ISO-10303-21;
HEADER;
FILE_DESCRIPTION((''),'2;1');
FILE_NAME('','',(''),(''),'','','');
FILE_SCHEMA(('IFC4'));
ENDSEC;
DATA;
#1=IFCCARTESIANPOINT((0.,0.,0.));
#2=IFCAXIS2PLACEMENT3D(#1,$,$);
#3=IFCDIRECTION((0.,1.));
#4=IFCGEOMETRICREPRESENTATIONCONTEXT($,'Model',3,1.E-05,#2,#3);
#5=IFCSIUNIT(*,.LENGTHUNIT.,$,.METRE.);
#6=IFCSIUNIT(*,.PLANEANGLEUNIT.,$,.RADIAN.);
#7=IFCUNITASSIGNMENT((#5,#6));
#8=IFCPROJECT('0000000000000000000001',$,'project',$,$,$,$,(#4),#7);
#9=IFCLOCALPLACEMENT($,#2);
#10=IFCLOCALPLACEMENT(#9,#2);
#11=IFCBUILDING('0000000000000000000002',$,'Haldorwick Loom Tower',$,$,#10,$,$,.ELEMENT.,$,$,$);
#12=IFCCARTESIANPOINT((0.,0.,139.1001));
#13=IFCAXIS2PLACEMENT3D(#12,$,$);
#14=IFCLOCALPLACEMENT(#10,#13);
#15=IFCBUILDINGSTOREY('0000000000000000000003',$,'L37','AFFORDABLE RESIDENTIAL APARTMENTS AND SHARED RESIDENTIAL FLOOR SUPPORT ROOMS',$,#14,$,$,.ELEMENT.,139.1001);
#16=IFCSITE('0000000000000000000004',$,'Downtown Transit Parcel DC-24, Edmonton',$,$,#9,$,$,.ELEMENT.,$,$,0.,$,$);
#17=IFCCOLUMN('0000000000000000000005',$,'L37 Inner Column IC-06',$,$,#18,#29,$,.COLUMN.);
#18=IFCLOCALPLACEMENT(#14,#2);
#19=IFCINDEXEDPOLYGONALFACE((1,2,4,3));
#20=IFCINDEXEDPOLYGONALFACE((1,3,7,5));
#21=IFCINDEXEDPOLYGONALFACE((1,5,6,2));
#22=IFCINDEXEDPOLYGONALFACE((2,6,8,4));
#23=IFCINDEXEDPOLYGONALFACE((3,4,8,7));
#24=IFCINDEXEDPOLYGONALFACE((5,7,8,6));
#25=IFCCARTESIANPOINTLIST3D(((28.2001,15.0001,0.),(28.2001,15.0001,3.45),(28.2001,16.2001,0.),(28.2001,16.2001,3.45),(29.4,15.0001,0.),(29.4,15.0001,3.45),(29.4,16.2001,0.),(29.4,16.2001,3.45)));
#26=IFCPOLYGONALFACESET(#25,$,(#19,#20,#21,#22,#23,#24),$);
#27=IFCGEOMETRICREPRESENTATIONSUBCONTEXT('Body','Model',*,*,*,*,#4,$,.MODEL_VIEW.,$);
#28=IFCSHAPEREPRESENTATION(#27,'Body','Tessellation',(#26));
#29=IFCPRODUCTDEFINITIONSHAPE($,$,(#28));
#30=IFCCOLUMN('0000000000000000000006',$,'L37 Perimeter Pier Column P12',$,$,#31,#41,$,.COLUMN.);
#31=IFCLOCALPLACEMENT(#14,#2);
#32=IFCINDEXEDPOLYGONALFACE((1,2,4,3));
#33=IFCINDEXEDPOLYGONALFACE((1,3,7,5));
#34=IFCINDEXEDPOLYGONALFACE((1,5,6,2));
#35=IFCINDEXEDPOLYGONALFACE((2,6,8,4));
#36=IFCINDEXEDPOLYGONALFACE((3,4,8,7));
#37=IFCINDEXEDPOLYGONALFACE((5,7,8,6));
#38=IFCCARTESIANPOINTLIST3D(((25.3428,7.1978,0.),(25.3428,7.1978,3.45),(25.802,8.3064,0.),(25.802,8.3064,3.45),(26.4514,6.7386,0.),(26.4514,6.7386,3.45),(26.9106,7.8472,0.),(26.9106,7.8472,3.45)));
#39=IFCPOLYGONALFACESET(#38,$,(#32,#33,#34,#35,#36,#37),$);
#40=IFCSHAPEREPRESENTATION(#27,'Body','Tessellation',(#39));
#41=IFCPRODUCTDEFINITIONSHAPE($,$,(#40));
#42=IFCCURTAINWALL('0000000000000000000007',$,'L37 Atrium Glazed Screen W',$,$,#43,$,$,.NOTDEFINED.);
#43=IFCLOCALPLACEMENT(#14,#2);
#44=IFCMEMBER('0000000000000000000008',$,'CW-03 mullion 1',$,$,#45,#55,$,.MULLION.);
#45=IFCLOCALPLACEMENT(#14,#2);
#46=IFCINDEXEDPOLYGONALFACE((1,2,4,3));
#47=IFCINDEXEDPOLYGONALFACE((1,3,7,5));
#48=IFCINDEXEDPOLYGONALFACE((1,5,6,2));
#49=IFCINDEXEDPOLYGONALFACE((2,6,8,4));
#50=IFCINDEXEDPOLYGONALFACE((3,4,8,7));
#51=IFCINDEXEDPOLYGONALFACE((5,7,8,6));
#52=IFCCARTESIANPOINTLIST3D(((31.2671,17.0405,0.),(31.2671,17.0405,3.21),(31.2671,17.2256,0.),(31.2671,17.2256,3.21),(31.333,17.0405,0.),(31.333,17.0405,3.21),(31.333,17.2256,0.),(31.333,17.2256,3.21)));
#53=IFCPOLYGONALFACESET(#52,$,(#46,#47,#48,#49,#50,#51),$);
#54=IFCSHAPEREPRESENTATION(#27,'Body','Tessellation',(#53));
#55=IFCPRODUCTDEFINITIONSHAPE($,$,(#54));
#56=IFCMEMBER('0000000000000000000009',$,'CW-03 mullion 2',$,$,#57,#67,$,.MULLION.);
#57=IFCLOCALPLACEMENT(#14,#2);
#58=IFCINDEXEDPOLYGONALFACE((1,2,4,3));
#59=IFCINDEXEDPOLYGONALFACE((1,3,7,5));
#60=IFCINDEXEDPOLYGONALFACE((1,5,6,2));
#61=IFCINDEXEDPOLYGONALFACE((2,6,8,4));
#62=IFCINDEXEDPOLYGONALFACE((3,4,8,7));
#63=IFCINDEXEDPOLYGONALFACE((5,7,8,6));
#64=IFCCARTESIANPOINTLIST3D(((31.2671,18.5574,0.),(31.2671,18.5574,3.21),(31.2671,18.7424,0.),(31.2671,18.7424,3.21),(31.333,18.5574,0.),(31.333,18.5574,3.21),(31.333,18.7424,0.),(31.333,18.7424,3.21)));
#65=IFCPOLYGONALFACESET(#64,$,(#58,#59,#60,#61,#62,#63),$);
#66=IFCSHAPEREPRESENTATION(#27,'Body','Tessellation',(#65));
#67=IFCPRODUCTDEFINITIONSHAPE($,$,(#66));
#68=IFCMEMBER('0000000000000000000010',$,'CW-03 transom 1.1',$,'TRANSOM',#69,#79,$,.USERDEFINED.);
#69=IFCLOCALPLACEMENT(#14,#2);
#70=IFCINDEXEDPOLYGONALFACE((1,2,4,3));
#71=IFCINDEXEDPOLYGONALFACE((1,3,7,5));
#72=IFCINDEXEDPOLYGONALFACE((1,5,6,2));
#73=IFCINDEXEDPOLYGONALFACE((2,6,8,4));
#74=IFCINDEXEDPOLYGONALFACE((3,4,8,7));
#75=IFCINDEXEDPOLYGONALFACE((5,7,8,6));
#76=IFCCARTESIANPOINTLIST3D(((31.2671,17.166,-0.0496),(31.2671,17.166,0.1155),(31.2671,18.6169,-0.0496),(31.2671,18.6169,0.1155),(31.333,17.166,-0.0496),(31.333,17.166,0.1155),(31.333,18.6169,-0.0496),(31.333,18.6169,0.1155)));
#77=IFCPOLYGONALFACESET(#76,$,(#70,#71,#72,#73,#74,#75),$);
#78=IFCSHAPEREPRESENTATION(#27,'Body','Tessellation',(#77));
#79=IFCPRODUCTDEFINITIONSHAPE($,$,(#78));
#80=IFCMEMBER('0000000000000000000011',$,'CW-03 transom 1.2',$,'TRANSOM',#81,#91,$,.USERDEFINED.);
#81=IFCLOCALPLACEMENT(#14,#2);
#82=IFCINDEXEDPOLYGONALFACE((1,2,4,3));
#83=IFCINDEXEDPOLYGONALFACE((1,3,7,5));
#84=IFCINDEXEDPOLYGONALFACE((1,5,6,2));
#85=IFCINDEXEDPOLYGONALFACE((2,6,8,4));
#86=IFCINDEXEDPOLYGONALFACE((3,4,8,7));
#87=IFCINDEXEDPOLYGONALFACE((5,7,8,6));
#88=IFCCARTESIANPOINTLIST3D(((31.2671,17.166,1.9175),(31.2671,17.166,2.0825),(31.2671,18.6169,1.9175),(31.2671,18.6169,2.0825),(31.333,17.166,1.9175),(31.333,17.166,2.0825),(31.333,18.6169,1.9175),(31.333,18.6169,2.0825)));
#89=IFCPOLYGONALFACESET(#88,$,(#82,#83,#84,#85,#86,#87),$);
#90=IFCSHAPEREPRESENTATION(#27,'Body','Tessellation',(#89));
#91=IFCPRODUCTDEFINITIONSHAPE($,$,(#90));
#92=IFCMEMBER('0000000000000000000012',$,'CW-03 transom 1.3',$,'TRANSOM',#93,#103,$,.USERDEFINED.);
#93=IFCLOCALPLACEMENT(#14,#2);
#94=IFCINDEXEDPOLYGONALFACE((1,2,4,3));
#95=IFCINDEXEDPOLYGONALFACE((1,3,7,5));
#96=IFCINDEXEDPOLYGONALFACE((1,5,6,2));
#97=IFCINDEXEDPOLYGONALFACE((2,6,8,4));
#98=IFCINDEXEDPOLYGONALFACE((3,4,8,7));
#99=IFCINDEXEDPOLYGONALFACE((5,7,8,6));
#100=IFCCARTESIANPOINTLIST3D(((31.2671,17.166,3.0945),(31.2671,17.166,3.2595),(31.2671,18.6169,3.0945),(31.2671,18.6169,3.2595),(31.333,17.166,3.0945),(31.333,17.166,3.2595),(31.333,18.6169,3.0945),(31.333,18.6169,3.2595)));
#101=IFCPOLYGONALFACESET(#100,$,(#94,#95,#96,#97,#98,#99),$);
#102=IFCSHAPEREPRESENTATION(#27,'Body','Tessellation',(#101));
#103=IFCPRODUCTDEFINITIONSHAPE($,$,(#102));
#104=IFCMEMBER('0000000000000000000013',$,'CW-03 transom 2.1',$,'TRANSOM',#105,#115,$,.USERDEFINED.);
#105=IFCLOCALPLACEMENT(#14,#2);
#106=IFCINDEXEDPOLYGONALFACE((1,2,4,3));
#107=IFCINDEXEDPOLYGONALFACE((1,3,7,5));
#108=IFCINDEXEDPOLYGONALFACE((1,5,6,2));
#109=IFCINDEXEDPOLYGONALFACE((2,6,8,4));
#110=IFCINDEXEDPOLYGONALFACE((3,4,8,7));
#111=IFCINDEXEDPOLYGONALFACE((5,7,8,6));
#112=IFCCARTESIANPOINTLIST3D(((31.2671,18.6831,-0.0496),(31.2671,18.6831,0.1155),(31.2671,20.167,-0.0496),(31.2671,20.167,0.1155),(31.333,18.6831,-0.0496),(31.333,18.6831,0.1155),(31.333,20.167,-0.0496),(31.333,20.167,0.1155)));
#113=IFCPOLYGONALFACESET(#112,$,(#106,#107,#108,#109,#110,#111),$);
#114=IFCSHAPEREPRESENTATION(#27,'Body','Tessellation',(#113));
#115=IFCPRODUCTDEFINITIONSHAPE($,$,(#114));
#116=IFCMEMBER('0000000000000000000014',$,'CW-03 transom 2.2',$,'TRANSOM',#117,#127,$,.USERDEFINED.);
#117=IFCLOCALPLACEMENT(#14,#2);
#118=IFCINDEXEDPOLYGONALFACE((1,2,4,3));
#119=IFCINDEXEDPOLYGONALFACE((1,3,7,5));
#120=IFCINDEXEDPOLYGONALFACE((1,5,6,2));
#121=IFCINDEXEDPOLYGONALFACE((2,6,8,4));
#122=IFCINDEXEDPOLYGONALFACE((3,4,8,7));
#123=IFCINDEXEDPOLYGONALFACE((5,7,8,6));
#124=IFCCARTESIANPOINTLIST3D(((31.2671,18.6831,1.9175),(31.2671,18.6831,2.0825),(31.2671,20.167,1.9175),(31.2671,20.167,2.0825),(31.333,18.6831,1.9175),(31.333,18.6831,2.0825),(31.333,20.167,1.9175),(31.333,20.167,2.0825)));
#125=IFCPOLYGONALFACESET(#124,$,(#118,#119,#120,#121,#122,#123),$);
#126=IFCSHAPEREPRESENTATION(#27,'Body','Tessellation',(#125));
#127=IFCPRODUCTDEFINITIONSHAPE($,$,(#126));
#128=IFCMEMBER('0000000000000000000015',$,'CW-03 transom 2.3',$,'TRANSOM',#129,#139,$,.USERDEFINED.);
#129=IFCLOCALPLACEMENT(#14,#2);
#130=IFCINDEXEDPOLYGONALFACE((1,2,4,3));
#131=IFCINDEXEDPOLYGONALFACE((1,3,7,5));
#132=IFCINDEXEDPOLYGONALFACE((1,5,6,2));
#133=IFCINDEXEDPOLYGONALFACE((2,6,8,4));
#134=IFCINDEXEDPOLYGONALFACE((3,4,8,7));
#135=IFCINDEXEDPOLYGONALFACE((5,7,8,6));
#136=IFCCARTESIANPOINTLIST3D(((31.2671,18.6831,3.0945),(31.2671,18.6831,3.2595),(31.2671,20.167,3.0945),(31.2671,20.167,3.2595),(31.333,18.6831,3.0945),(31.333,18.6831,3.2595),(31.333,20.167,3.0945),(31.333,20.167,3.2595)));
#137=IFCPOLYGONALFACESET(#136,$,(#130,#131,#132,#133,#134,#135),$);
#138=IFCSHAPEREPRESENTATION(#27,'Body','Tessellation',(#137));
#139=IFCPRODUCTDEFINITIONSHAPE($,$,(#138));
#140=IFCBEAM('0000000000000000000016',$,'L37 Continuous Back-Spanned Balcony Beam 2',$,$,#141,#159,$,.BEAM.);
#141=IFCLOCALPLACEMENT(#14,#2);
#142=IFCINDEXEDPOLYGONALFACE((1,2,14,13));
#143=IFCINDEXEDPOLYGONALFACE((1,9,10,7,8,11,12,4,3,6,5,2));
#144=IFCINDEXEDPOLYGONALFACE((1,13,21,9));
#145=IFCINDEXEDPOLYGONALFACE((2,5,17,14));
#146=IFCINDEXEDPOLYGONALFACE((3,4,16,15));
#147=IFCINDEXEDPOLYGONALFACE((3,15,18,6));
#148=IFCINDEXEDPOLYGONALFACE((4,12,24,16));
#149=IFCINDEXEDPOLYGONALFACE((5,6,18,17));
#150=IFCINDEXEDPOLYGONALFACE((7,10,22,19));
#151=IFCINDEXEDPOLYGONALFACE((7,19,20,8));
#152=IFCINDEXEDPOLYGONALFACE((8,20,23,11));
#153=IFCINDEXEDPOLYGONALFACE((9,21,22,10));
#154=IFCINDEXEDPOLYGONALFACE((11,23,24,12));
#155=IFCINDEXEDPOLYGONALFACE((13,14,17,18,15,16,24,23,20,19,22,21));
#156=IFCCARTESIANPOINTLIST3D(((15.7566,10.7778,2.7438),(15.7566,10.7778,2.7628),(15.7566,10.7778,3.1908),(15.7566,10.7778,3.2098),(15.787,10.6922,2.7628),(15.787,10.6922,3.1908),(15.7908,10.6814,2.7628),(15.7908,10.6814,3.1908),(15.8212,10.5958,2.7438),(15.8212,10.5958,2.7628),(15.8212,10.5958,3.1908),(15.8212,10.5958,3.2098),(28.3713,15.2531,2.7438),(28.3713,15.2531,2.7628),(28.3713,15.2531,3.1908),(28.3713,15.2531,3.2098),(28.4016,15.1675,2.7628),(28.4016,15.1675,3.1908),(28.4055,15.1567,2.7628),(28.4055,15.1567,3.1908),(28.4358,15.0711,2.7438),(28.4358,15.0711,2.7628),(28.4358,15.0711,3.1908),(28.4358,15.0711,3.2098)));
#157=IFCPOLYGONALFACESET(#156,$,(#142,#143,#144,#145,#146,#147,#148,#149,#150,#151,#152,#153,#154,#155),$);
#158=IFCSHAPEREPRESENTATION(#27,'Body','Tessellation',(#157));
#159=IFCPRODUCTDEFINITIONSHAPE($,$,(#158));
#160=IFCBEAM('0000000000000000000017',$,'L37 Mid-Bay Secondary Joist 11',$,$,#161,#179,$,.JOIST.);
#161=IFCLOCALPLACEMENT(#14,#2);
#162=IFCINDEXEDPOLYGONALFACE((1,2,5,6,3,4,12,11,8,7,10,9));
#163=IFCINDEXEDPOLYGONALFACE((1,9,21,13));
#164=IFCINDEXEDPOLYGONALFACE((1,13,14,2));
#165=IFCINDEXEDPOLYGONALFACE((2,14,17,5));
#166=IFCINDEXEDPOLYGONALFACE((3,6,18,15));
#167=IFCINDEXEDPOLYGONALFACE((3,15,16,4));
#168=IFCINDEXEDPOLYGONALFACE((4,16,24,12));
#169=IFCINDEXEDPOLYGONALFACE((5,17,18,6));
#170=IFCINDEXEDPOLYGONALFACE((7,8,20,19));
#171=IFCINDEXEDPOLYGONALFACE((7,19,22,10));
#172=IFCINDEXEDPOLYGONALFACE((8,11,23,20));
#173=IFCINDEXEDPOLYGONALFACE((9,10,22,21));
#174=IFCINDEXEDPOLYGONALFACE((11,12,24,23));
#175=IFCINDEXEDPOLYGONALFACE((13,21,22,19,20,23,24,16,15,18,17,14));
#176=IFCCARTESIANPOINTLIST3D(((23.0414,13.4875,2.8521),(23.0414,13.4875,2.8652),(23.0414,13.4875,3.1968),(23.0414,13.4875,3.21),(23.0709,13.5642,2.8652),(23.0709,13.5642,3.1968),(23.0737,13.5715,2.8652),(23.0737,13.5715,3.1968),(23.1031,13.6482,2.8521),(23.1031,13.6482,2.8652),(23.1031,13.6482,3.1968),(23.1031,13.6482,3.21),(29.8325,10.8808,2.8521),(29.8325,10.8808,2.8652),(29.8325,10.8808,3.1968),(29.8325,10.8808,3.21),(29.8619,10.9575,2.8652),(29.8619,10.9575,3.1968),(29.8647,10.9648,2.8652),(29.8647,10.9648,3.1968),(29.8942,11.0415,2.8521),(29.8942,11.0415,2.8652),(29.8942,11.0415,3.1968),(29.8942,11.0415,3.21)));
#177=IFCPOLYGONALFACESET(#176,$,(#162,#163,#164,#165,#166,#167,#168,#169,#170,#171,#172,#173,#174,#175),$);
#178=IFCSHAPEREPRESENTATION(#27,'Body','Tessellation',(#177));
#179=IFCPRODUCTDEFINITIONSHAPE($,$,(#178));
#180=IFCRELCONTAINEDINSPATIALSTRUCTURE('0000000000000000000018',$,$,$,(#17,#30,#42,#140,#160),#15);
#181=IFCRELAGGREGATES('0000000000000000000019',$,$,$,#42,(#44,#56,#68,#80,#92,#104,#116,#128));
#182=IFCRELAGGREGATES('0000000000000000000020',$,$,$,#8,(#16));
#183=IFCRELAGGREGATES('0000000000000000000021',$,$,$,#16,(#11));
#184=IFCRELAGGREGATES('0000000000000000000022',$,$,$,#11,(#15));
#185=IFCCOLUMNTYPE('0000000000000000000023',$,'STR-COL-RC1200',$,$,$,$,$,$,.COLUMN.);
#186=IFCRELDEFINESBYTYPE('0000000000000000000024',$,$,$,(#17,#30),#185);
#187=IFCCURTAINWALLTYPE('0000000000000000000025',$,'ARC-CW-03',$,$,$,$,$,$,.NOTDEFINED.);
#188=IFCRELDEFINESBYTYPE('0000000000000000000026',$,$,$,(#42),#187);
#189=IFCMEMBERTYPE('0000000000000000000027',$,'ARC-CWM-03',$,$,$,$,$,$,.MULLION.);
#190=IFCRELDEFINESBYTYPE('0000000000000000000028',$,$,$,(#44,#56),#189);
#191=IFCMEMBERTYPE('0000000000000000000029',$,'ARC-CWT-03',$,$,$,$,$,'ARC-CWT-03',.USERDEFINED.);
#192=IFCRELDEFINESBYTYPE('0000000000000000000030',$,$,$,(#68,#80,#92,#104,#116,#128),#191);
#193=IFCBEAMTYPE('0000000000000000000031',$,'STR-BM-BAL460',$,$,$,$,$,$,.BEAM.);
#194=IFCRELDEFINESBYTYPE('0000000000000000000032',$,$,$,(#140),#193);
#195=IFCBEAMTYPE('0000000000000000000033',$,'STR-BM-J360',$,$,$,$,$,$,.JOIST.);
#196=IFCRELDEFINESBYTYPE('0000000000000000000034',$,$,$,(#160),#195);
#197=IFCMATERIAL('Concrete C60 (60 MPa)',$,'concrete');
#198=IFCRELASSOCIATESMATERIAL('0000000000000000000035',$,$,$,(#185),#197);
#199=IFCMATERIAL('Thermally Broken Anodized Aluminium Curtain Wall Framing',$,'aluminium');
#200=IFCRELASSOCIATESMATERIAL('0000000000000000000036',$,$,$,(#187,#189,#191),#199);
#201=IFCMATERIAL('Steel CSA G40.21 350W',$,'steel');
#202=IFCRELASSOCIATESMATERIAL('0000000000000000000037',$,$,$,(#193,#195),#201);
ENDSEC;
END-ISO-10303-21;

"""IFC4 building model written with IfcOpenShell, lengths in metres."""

from ifc_helpers import new_model, si_unit, direction, frame, origin, origin_2d, place, context, subcontext, project, spatial, rectangle, i_section, extrude, material, material_profile, profile_set, type_object, element, aggregate, save


model = new_model("IFC4")

# Units and contexts
model_context = context("Model", 3, precision=1e-05, world=origin(), true_north=direction((0.0, 1.0)))
body_context = subcontext(model_context, "Body", "Model", "MODEL_VIEW")
ifc_project = project(units=[si_unit("LENGTHUNIT", "METRE"), si_unit("PLANEANGLEUNIT", "RADIAN")], contexts=[model_context])

# Site, building, storey
site_placement = place(None, origin())
site = spatial("IfcSite", under=ifc_project, at=site_placement, Name="Downtown Transit Parcel DC-24, Edmonton", CompositionType="ELEMENT", RefElevation=0.0)
building_placement = place(site_placement, origin())
building = spatial("IfcBuilding", under=site, at=building_placement, Name="Haldorwick Loom Tower", CompositionType="ELEMENT")
storey_placement = place(building_placement, frame((0.0, 0.0, 139.1001)))
storey = spatial("IfcBuildingStorey", under=building, at=storey_placement, Name="L37", Description="AFFORDABLE RESIDENTIAL APARTMENTS AND SHARED RESIDENTIAL FLOOR SUPPORT ROOMS", CompositionType="ELEMENT", Elevation=139.1001)

# Columns
ifc_material_1 = material(Name="Concrete C60 (60 MPa)", Category="concrete")
ifc_material_profile_1 = material_profile(ifc_material_1, rectangle(XDim=1.2, YDim=1.2, at=origin_2d()), Name="RC1200X1200", Category="concrete")
ifc_profile_set_1 = profile_set([ifc_material_profile_1], Name="Concrete C60 (60 MPa)")
column_type = type_object("IfcColumnType", Name="STR-COL-RC1200", PredefinedType="COLUMN", material=ifc_profile_set_1)
for number, where, z_axis, x_axis, name in (
    (1, (28.8, 15.6001, 0.0), (0.0, 0.0, 1.0), (1.0, 0.0, 0.0), "L37 Inner Column IC-06"),
    (2, (26.1267, 7.5225, 0.0), (0.0, 0.0, 1.0), (-0.382683, -0.92388, 0.0), "L37 Perimeter Pier Column P12"),
):
    element("IfcColumn", number, at=place(storey_placement, frame(where, z_axis=z_axis, x_axis=x_axis)), inside=storey, type_object=column_type, Name=name, PredefinedType="COLUMN", context=body_context, shape_type="SweptSolid", body=[
        extrude(rectangle(XDim=1.2, YDim=1.2, at=origin_2d()), origin(), (0.0, 0.0, 1.0), 3.45),
    ])

# Curtain wall, members
ifc_material_2 = material(Name="Thermally Broken Anodized Aluminium Curtain Wall Framing", Category="aluminium")
curtain_wall_type = type_object("IfcCurtainWallType", Name="ARC-CW-03", PredefinedType="NOTDEFINED", material=ifc_material_2)
curtain_wall_placement = place(storey_placement, origin())
curtain_wall = element("IfcCurtainWall", 3, at=curtain_wall_placement, inside=storey, type_object=curtain_wall_type, Name="L37 Atrium Glazed Screen W", PredefinedType="NOTDEFINED")
ifc_material_profile_2 = material_profile(ifc_material_2, rectangle(XDim=0.0659, YDim=0.1851, at=origin_2d()), Name="ALU_MUL_66X185", Category="aluminium")
ifc_profile_set_2 = profile_set([ifc_material_profile_2], Name="Thermally Broken Anodized Aluminium Curtain Wall Framing")
member_type_1 = type_object("IfcMemberType", Name="ARC-CWM-03", PredefinedType="MULLION", material=ifc_profile_set_2)
member_1_placement = place(storey_placement, frame((31.3, 17.1331, 0.0), z_axis=(0.0, 0.0, 1.0), x_axis=(-1.0, 0.0, 0.0)))
member_1 = element("IfcMember", 4, at=member_1_placement, type_object=member_type_1, Name="CW-03 mullion 1", PredefinedType="MULLION", context=body_context, shape_type="SweptSolid", body=[
    extrude(rectangle(XDim=0.0659, YDim=0.1851, at=origin_2d()), origin(), (0.0, 0.0, 1.0), 3.21),
])
member_2_placement = place(storey_placement, frame((31.3, 18.6499, 0.0), z_axis=(0.0, 0.0, 1.0), x_axis=(-1.0, 0.0, 0.0)))
member_2 = element("IfcMember", 5, at=member_2_placement, type_object=member_type_1, Name="CW-03 mullion 2", PredefinedType="MULLION", context=body_context, shape_type="SweptSolid", body=[
    extrude(rectangle(XDim=0.0659, YDim=0.1851, at=origin_2d()), origin(), (0.0, 0.0, 1.0), 3.21),
])
ifc_material_profile_3 = material_profile(ifc_material_2, rectangle(XDim=0.0659, YDim=0.165, at=origin_2d()), Name="ALU_TRN_66X165", Category="aluminium")
ifc_profile_set_3 = profile_set([ifc_material_profile_3], Name="Thermally Broken Anodized Aluminium Curtain Wall Framing")
member_type_2 = type_object("IfcMemberType", Name="ARC-CWT-03", ElementType="ARC-CWT-03", PredefinedType="USERDEFINED", material=ifc_profile_set_3)
member_3_placement = place(storey_placement, frame((31.3, 17.166, 0.033), z_axis=(0.0, 1.0, 0.0), x_axis=(-1.0, 0.0, 0.0)))
member_3 = element("IfcMember", 6, at=member_3_placement, type_object=member_type_2, Name="CW-03 transom 1.1", ObjectType="TRANSOM", PredefinedType="USERDEFINED", context=body_context, shape_type="SweptSolid", body=[
    extrude(rectangle(XDim=0.0659, YDim=0.165, at=origin_2d()), origin(), (0.0, 0.0, 1.0), 1.4509),
])
member_4_placement = place(storey_placement, frame((31.3, 17.166, 2.0), z_axis=(0.0, 1.0, 0.0), x_axis=(-1.0, 0.0, 0.0)))
member_4 = element("IfcMember", 7, at=member_4_placement, type_object=member_type_2, Name="CW-03 transom 1.2", ObjectType="TRANSOM", PredefinedType="USERDEFINED", context=body_context, shape_type="SweptSolid", body=[
    extrude(rectangle(XDim=0.0659, YDim=0.165, at=origin_2d()), origin(), (0.0, 0.0, 1.0), 1.4509),
])
member_5_placement = place(storey_placement, frame((31.3, 17.166, 3.177), z_axis=(0.0, 1.0, 0.0), x_axis=(-1.0, 0.0, 0.0)))
member_5 = element("IfcMember", 8, at=member_5_placement, type_object=member_type_2, Name="CW-03 transom 1.3", ObjectType="TRANSOM", PredefinedType="USERDEFINED", context=body_context, shape_type="SweptSolid", body=[
    extrude(rectangle(XDim=0.0659, YDim=0.165, at=origin_2d()), origin(), (0.0, 0.0, 1.0), 1.4509),
])
member_6_placement = place(storey_placement, frame((31.3, 18.6831, 0.033), z_axis=(0.0, 1.0, 0.0), x_axis=(-1.0, 0.0, 0.0)))
member_6 = element("IfcMember", 9, at=member_6_placement, type_object=member_type_2, Name="CW-03 transom 2.1", ObjectType="TRANSOM", PredefinedType="USERDEFINED", context=body_context, shape_type="SweptSolid", body=[
    extrude(rectangle(XDim=0.0659, YDim=0.165, at=origin_2d()), origin(), (0.0, 0.0, 1.0), 1.4839),
])
member_7_placement = place(storey_placement, frame((31.3, 18.6831, 2.0), z_axis=(0.0, 1.0, 0.0), x_axis=(-1.0, 0.0, 0.0)))
member_7 = element("IfcMember", 10, at=member_7_placement, type_object=member_type_2, Name="CW-03 transom 2.2", ObjectType="TRANSOM", PredefinedType="USERDEFINED", context=body_context, shape_type="SweptSolid", body=[
    extrude(rectangle(XDim=0.0659, YDim=0.165, at=origin_2d()), origin(), (0.0, 0.0, 1.0), 1.4839),
])
member_8_placement = place(storey_placement, frame((31.3, 18.6831, 3.177), z_axis=(0.0, 1.0, 0.0), x_axis=(-1.0, 0.0, 0.0)))
member_8 = element("IfcMember", 11, at=member_8_placement, type_object=member_type_2, Name="CW-03 transom 2.3", ObjectType="TRANSOM", PredefinedType="USERDEFINED", context=body_context, shape_type="SweptSolid", body=[
    extrude(rectangle(XDim=0.0659, YDim=0.165, at=origin_2d()), origin(), (0.0, 0.0, 1.0), 1.4839),
])

# Beams
ifc_material_3 = material(Name="Steel CSA G40.21 350W", Category="steel")
ifc_material_profile_4 = material_profile(ifc_material_3, i_section(OverallWidth=0.1931, OverallDepth=0.4661, WebThickness=0.0115, FlangeThickness=0.019, at=origin_2d()), Name="W460X97", Category="steel")
ifc_profile_set_4 = profile_set([ifc_material_profile_4], Name="Steel CSA G40.21 350W")
beam_type_1 = type_object("IfcBeamType", Name="STR-BM-BAL460", PredefinedType="BEAM", material=ifc_profile_set_4)
beam_1_placement = place(storey_placement, frame((28.4036, 15.1621, 2.9768), z_axis=(-0.942448, -0.334353, 0.0), x_axis=(0.334353, -0.942448, 0.0)))
element("IfcBeam", 12, at=beam_1_placement, inside=storey, type_object=beam_type_1, Name="L37 Continuous Back-Spanned Balcony Beam 2", PredefinedType="BEAM", context=body_context, shape_type="SweptSolid", body=[
    extrude(i_section(OverallWidth=0.1931, OverallDepth=0.4661, WebThickness=0.0115, FlangeThickness=0.019, at=origin_2d()), origin(), (0.0, 0.0, 1.0), 13.385),
])
ifc_material_profile_5 = material_profile(ifc_material_3, i_section(OverallWidth=0.1721, OverallDepth=0.3579, WebThickness=0.0078, FlangeThickness=0.0132, at=origin_2d()), Name="W360X57", Category="steel")
ifc_profile_set_5 = profile_set([ifc_material_profile_5], Name="Steel CSA G40.21 350W")
beam_type_2 = type_object("IfcBeamType", Name="STR-BM-J360", PredefinedType="JOIST", material=ifc_profile_set_5)
beam_2_placement = place(storey_placement, frame((23.0723, 13.5679, 3.031), z_axis=(0.933587, -0.358352, 0.0), x_axis=(0.358352, 0.933587, 0.0)))
element("IfcBeam", 13, at=beam_2_placement, inside=storey, type_object=beam_type_2, Name="L37 Mid-Bay Secondary Joist 11", PredefinedType="JOIST", context=body_context, shape_type="SweptSolid", body=[
    extrude(i_section(OverallWidth=0.1721, OverallDepth=0.3579, WebThickness=0.0078, FlangeThickness=0.0132, at=origin_2d()), origin(), (0.0, 0.0, 1.0), 7.2742),
])

aggregate(curtain_wall, [member_1, member_2, member_3, member_4, member_5, member_6, member_7, member_8])

save(model, "model.ifc")
